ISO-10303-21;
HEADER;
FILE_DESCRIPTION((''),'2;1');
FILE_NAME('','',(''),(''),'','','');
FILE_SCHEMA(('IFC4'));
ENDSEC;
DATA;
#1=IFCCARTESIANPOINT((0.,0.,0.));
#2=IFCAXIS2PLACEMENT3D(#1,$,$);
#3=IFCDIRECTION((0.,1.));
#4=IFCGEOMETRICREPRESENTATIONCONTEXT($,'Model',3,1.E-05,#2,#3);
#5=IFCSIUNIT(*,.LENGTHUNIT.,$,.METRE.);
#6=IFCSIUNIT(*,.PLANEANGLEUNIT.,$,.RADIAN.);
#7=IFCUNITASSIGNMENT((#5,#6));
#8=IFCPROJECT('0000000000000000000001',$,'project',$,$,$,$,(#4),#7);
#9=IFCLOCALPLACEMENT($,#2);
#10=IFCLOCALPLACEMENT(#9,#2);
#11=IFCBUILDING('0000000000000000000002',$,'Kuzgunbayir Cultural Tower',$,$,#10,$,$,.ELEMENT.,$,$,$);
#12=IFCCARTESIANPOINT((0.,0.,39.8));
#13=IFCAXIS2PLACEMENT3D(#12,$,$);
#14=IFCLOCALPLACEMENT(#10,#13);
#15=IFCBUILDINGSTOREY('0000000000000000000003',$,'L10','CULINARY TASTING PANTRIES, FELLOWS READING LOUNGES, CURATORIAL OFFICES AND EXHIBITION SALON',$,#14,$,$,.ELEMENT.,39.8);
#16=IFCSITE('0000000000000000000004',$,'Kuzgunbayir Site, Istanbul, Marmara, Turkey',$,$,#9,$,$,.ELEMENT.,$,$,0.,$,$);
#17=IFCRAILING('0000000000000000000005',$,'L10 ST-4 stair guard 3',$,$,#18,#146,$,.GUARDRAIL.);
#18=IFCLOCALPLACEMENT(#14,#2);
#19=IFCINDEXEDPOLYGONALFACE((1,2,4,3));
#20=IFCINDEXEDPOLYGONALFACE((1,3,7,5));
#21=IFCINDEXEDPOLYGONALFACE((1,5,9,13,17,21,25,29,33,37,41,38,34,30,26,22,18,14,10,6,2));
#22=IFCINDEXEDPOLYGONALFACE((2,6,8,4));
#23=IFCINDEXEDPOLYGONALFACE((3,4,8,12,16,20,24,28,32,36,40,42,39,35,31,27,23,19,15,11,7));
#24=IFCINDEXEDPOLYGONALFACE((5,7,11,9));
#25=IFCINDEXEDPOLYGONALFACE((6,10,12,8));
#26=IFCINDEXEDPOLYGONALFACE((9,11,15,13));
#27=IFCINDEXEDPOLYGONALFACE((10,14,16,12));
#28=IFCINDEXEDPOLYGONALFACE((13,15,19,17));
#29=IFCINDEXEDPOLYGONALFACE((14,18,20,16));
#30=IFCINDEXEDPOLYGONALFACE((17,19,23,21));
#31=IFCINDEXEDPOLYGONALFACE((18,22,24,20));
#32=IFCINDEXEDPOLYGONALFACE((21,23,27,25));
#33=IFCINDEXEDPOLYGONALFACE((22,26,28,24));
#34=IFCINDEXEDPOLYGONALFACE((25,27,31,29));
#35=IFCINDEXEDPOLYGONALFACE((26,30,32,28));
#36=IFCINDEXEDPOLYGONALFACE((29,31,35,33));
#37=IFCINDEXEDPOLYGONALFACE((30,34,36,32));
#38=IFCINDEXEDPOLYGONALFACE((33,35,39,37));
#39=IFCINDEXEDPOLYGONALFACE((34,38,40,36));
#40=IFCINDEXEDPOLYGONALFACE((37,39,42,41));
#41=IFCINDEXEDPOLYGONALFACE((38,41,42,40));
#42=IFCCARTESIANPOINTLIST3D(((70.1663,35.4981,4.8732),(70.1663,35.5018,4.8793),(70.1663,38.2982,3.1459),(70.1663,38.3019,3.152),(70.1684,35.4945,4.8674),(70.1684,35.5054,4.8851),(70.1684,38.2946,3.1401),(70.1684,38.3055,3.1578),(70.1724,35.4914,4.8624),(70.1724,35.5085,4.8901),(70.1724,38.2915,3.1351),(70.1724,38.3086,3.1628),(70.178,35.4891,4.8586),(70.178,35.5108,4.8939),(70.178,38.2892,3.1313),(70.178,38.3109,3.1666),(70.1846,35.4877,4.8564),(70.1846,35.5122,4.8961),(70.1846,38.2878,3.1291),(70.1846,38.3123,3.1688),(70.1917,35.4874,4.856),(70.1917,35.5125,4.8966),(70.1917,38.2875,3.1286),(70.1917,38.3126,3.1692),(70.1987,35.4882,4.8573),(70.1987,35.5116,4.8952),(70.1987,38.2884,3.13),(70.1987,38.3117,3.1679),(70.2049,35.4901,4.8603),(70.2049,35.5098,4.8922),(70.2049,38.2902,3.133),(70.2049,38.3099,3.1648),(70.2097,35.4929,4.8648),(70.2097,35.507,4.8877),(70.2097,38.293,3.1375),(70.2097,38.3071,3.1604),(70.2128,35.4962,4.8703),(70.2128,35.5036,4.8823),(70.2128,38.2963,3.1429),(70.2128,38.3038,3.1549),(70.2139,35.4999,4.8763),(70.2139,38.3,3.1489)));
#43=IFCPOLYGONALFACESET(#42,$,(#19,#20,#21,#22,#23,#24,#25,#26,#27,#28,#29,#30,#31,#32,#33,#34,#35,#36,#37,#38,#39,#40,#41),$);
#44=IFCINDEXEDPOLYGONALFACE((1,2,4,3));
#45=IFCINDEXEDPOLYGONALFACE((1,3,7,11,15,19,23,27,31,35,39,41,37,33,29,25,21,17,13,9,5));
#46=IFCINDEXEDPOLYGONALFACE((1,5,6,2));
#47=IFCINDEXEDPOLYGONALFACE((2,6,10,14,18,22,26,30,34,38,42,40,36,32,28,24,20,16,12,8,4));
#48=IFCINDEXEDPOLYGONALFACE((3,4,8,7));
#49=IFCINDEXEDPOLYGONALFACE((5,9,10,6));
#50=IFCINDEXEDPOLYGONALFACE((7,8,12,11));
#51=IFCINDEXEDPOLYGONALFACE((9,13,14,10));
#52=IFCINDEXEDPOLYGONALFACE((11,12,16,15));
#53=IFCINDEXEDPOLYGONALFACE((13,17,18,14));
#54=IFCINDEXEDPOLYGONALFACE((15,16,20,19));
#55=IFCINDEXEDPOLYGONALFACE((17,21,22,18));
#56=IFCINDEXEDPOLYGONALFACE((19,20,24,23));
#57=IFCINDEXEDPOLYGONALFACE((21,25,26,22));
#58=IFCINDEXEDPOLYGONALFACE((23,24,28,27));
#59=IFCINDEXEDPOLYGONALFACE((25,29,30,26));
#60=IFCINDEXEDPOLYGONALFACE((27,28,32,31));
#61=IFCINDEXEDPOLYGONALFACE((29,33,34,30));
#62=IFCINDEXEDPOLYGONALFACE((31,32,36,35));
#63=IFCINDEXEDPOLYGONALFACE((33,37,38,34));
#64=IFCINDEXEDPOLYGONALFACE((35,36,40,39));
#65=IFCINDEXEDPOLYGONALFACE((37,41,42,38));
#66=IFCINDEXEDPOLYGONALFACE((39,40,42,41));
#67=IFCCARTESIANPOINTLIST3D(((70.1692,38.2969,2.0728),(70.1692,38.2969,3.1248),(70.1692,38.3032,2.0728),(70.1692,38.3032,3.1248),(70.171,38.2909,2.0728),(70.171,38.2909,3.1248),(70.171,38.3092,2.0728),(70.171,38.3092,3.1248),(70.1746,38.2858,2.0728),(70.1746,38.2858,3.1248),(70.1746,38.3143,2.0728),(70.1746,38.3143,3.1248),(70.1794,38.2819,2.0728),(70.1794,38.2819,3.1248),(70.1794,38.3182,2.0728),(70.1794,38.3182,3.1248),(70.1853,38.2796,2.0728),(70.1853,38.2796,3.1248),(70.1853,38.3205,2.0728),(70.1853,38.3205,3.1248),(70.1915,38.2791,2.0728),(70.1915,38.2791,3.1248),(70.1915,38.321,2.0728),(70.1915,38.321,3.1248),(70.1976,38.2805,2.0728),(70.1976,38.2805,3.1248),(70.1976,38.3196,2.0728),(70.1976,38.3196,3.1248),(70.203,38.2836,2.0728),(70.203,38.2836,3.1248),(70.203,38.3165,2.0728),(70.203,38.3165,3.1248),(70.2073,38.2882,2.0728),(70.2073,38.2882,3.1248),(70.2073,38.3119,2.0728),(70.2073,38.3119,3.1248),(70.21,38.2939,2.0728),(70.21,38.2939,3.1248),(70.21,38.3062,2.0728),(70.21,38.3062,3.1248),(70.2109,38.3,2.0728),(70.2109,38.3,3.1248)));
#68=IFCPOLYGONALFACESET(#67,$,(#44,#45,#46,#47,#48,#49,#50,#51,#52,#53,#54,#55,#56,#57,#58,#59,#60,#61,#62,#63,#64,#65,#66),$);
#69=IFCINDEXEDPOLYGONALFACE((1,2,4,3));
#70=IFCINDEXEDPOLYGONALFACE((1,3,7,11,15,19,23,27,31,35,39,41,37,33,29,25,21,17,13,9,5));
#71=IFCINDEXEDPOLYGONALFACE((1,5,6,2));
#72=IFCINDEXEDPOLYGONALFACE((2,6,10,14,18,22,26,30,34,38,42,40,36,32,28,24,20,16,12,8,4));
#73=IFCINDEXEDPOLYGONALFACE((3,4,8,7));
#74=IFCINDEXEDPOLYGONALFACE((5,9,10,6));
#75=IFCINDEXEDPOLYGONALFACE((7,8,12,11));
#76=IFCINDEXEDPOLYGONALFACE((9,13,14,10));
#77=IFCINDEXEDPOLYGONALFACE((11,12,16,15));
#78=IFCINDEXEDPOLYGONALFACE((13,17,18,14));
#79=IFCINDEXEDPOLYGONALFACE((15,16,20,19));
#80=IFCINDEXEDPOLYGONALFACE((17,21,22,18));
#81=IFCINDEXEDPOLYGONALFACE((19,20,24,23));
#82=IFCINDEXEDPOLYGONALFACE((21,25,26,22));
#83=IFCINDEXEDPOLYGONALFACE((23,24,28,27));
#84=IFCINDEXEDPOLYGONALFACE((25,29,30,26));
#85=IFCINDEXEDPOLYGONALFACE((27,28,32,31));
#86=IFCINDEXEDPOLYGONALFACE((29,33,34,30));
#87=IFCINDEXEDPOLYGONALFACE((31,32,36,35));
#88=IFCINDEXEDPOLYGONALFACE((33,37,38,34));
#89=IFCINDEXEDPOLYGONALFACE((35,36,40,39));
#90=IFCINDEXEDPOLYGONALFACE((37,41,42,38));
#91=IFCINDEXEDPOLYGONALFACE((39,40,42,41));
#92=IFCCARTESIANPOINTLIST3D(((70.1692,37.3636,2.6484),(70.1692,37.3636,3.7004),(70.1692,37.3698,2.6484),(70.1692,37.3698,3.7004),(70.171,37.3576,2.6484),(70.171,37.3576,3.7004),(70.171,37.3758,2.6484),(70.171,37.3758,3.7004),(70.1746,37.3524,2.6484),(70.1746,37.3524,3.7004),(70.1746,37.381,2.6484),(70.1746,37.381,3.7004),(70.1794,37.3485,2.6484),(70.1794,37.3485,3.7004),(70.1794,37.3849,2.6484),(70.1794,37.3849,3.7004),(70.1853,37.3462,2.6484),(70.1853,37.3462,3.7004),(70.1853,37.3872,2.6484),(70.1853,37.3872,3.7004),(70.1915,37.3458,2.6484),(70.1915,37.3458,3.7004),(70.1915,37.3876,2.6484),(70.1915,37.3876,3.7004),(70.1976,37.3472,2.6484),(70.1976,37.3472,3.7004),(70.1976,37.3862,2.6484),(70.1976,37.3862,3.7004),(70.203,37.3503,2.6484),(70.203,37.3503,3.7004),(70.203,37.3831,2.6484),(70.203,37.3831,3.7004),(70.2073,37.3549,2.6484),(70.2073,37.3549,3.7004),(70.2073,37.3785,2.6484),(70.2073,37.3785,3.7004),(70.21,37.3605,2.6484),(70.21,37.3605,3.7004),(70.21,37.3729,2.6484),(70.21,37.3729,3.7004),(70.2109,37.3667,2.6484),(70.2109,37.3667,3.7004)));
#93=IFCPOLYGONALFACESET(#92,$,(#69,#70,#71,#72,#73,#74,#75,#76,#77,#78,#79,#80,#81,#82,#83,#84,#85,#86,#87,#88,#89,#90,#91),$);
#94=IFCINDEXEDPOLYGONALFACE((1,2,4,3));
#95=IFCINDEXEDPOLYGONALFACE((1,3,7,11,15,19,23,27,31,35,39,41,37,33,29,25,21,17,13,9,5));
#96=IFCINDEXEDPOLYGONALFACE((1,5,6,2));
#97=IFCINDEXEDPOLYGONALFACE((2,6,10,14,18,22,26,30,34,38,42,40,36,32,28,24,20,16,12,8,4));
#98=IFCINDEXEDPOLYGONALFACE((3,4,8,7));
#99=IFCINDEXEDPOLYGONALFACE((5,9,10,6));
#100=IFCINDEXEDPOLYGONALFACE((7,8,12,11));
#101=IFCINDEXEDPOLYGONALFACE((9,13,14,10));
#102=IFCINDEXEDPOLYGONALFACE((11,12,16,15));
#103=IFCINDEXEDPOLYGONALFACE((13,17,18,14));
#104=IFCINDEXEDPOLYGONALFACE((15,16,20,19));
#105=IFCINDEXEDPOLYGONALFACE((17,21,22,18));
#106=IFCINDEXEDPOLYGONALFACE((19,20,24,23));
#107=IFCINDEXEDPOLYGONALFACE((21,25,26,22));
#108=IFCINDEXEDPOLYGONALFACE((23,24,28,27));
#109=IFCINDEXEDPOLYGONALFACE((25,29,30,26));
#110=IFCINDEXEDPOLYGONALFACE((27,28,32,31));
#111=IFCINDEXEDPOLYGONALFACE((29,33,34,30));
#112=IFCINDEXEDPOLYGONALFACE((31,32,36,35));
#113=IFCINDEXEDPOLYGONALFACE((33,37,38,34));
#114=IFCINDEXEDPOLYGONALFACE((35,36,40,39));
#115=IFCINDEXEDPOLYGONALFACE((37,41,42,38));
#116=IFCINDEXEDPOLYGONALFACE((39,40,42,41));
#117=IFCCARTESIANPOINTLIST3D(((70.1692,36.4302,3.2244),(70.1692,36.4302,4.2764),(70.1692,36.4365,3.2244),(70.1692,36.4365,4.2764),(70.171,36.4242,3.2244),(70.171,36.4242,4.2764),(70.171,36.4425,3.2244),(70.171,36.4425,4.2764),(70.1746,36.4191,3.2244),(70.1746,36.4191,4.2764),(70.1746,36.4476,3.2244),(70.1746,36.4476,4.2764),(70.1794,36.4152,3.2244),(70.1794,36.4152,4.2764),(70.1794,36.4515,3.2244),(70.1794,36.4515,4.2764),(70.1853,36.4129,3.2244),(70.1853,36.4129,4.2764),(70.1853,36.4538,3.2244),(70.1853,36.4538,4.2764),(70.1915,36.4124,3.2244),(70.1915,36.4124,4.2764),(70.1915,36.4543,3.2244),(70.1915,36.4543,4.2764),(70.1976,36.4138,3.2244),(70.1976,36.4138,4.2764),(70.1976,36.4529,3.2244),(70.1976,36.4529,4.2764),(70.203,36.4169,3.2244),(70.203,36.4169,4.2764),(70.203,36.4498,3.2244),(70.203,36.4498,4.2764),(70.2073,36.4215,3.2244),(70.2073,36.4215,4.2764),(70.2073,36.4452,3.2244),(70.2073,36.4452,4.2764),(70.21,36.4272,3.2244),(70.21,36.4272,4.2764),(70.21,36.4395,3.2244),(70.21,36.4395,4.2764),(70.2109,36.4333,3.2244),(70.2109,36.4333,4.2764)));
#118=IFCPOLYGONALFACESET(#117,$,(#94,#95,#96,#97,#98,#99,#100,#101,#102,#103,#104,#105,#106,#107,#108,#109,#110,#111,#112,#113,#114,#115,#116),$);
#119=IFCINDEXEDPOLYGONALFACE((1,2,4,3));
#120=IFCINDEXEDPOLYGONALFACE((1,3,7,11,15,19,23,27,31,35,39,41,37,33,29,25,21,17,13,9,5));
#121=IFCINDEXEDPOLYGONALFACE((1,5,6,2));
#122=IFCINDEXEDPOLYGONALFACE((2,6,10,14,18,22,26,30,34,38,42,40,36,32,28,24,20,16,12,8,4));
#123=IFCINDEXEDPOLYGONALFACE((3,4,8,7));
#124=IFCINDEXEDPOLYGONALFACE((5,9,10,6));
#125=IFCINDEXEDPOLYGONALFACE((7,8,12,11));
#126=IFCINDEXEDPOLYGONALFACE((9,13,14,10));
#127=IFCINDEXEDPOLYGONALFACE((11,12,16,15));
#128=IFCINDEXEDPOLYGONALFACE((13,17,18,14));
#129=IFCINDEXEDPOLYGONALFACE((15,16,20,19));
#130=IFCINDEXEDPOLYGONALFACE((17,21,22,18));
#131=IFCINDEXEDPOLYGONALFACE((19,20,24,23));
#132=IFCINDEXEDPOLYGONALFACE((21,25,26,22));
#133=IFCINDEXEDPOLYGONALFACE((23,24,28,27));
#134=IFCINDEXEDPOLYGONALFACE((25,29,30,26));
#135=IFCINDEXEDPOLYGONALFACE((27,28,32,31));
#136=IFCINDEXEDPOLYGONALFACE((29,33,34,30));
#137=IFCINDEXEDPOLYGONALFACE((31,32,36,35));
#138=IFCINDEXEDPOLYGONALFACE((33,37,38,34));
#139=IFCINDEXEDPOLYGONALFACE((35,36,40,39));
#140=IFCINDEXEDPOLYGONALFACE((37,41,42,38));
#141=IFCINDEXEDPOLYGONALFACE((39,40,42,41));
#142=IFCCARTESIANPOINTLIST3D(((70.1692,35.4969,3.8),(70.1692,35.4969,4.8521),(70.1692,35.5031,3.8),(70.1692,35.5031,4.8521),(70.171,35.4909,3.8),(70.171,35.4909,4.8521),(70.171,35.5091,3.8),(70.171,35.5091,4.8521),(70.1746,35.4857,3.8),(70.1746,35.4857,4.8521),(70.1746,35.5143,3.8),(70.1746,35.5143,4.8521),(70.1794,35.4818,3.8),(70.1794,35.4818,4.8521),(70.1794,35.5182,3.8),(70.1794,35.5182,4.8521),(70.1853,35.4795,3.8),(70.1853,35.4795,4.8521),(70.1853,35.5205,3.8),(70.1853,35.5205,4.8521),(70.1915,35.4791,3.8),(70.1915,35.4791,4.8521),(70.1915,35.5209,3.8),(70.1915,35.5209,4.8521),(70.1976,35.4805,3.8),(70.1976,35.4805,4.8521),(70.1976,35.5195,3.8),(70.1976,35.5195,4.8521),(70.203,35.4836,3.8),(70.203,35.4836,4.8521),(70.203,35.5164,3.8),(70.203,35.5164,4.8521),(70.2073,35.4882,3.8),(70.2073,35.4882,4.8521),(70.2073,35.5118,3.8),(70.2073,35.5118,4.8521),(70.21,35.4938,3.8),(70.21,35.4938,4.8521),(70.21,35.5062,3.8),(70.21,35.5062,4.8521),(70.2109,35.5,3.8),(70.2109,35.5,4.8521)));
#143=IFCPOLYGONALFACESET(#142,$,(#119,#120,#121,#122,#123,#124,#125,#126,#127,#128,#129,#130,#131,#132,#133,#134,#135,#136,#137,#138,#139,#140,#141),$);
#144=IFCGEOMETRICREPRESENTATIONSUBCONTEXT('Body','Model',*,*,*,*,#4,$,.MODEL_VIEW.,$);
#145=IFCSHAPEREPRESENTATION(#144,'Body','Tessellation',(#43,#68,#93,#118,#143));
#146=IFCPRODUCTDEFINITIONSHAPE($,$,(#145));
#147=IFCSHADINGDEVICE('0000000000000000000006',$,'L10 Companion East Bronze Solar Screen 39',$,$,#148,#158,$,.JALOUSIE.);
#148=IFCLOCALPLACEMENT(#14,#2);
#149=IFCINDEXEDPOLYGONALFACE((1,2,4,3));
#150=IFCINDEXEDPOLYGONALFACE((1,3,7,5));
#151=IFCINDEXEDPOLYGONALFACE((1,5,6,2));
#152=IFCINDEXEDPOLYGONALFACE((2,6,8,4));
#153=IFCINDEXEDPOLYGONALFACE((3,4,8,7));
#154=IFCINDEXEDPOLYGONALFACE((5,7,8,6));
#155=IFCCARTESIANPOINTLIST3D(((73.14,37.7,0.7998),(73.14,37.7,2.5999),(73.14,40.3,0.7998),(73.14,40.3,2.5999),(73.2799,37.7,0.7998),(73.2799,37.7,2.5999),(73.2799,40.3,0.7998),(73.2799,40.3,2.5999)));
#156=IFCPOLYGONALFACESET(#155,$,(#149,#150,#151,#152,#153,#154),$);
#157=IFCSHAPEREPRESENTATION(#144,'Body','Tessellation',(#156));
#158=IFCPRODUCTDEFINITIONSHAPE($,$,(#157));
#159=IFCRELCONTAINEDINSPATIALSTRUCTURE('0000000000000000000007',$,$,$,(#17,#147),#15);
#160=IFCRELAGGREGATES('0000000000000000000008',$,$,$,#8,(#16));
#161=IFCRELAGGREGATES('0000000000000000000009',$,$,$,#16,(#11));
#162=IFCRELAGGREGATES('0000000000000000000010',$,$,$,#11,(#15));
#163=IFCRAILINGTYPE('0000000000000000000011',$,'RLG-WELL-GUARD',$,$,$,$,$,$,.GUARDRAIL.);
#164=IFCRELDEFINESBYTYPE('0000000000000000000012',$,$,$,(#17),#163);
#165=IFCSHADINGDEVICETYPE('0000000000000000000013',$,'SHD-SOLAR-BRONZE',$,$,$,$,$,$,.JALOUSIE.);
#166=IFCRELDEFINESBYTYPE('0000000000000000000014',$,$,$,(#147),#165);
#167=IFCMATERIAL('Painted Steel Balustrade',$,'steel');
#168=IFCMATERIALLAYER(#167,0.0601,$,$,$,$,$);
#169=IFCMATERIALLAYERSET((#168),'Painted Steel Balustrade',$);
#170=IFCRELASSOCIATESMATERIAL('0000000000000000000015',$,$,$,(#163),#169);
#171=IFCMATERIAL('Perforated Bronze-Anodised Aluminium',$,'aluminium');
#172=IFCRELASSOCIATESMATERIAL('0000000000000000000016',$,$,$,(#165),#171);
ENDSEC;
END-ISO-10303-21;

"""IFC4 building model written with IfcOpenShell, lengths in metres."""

from ifc_helpers import new_model, si_unit, direction, frame, origin, origin_2d, place, context, subcontext, project, spatial, rectangle, circle, extrude, material, layer, layer_set, type_object, element, save


model = new_model("IFC4")

# Units and contexts
model_context = context("Model", 3, precision=1e-05, world=origin(), true_north=direction((0.0, 1.0)))
body_context = subcontext(model_context, "Body", "Model", "MODEL_VIEW")
ifc_project = project(units=[si_unit("LENGTHUNIT", "METRE"), si_unit("PLANEANGLEUNIT", "RADIAN")], contexts=[model_context])

# Site, building, storey
site_placement = place(None, origin())
site = spatial("IfcSite", under=ifc_project, at=site_placement, Name="Kuzgunbayir Site, Istanbul, Marmara, Turkey", CompositionType="ELEMENT", RefElevation=0.0)
building_placement = place(site_placement, origin())
building = spatial("IfcBuilding", under=site, at=building_placement, Name="Kuzgunbayir Cultural Tower", CompositionType="ELEMENT")
storey_placement = place(building_placement, frame((0.0, 0.0, 39.8)))
storey = spatial("IfcBuildingStorey", under=building, at=storey_placement, Name="L10", Description="CULINARY TASTING PANTRIES, FELLOWS READING LOUNGES, CURATORIAL OFFICES AND EXHIBITION SALON", CompositionType="ELEMENT", Elevation=39.8)

# Railing
ifc_material_1 = material(Name="Painted Steel Balustrade", Category="steel")
ifc_layer_1 = layer(ifc_material_1, 0.0601)
ifc_layer_set_1 = layer_set([ifc_layer_1], Name="Painted Steel Balustrade")
railing_type_1 = type_object("IfcRailingType", Name="RLG-WELL-GUARD", PredefinedType="GUARDRAIL", material=ifc_layer_set_1)
railing_1_placement = place(storey_placement, frame((70.1899, 38.3, 2.0728)))
element("IfcRailing", 1, at=railing_1_placement, inside=storey, type_object=railing_type_1, Name="L10 ST-4 stair guard 3", PredefinedType="GUARDRAIL", context=body_context, shape_type="SweptSolid", body=[
    extrude(circle(Radius=0.0239, at=origin_2d()), frame((0.0, 0.0, 1.0762), z_axis=(0.0, -0.85109, 0.52502), x_axis=(1.0, 0.0, 0.0)), (0.0, 0.0, 1.0), 3.29),
    extrude(circle(Radius=0.021, at=origin_2d()), origin(), (0.0, 0.0, 1.0), 1.052),
    extrude(circle(Radius=0.021, at=origin_2d()), frame((0.0, -0.9333, 0.5757)), (0.0, 0.0, 1.0), 1.052),
    extrude(circle(Radius=0.021, at=origin_2d()), frame((0.0, -1.8667, 1.1516)), (0.0, 0.0, 1.0), 1.052),
    extrude(circle(Radius=0.021, at=origin_2d()), frame((0.0, -2.8, 1.7273)), (0.0, 0.0, 1.0), 1.052),
])

# Shading device
ifc_material_2 = material(Name="Perforated Bronze-Anodised Aluminium", Category="aluminium")
shading_device_type = type_object("IfcShadingDeviceType", Name="SHD-SOLAR-BRONZE", PredefinedType="JALOUSIE", material=ifc_material_2)
shading_device_placement = place(storey_placement, frame((73.21, 39.0, 0.7998), z_axis=(0.0, 0.0, 1.0), x_axis=(1.0, 0.0, 0.0)))
element("IfcShadingDevice", 2, at=shading_device_placement, inside=storey, type_object=shading_device_type, Name="L10 Companion East Bronze Solar Screen 39", PredefinedType="JALOUSIE", context=body_context, shape_type="SweptSolid", body=[
    extrude(rectangle(XDim=0.1399, YDim=2.6001, at=origin_2d()), origin(), (0.0, 0.0, 1.0), 1.8),
])

save(model, "model.ifc")
